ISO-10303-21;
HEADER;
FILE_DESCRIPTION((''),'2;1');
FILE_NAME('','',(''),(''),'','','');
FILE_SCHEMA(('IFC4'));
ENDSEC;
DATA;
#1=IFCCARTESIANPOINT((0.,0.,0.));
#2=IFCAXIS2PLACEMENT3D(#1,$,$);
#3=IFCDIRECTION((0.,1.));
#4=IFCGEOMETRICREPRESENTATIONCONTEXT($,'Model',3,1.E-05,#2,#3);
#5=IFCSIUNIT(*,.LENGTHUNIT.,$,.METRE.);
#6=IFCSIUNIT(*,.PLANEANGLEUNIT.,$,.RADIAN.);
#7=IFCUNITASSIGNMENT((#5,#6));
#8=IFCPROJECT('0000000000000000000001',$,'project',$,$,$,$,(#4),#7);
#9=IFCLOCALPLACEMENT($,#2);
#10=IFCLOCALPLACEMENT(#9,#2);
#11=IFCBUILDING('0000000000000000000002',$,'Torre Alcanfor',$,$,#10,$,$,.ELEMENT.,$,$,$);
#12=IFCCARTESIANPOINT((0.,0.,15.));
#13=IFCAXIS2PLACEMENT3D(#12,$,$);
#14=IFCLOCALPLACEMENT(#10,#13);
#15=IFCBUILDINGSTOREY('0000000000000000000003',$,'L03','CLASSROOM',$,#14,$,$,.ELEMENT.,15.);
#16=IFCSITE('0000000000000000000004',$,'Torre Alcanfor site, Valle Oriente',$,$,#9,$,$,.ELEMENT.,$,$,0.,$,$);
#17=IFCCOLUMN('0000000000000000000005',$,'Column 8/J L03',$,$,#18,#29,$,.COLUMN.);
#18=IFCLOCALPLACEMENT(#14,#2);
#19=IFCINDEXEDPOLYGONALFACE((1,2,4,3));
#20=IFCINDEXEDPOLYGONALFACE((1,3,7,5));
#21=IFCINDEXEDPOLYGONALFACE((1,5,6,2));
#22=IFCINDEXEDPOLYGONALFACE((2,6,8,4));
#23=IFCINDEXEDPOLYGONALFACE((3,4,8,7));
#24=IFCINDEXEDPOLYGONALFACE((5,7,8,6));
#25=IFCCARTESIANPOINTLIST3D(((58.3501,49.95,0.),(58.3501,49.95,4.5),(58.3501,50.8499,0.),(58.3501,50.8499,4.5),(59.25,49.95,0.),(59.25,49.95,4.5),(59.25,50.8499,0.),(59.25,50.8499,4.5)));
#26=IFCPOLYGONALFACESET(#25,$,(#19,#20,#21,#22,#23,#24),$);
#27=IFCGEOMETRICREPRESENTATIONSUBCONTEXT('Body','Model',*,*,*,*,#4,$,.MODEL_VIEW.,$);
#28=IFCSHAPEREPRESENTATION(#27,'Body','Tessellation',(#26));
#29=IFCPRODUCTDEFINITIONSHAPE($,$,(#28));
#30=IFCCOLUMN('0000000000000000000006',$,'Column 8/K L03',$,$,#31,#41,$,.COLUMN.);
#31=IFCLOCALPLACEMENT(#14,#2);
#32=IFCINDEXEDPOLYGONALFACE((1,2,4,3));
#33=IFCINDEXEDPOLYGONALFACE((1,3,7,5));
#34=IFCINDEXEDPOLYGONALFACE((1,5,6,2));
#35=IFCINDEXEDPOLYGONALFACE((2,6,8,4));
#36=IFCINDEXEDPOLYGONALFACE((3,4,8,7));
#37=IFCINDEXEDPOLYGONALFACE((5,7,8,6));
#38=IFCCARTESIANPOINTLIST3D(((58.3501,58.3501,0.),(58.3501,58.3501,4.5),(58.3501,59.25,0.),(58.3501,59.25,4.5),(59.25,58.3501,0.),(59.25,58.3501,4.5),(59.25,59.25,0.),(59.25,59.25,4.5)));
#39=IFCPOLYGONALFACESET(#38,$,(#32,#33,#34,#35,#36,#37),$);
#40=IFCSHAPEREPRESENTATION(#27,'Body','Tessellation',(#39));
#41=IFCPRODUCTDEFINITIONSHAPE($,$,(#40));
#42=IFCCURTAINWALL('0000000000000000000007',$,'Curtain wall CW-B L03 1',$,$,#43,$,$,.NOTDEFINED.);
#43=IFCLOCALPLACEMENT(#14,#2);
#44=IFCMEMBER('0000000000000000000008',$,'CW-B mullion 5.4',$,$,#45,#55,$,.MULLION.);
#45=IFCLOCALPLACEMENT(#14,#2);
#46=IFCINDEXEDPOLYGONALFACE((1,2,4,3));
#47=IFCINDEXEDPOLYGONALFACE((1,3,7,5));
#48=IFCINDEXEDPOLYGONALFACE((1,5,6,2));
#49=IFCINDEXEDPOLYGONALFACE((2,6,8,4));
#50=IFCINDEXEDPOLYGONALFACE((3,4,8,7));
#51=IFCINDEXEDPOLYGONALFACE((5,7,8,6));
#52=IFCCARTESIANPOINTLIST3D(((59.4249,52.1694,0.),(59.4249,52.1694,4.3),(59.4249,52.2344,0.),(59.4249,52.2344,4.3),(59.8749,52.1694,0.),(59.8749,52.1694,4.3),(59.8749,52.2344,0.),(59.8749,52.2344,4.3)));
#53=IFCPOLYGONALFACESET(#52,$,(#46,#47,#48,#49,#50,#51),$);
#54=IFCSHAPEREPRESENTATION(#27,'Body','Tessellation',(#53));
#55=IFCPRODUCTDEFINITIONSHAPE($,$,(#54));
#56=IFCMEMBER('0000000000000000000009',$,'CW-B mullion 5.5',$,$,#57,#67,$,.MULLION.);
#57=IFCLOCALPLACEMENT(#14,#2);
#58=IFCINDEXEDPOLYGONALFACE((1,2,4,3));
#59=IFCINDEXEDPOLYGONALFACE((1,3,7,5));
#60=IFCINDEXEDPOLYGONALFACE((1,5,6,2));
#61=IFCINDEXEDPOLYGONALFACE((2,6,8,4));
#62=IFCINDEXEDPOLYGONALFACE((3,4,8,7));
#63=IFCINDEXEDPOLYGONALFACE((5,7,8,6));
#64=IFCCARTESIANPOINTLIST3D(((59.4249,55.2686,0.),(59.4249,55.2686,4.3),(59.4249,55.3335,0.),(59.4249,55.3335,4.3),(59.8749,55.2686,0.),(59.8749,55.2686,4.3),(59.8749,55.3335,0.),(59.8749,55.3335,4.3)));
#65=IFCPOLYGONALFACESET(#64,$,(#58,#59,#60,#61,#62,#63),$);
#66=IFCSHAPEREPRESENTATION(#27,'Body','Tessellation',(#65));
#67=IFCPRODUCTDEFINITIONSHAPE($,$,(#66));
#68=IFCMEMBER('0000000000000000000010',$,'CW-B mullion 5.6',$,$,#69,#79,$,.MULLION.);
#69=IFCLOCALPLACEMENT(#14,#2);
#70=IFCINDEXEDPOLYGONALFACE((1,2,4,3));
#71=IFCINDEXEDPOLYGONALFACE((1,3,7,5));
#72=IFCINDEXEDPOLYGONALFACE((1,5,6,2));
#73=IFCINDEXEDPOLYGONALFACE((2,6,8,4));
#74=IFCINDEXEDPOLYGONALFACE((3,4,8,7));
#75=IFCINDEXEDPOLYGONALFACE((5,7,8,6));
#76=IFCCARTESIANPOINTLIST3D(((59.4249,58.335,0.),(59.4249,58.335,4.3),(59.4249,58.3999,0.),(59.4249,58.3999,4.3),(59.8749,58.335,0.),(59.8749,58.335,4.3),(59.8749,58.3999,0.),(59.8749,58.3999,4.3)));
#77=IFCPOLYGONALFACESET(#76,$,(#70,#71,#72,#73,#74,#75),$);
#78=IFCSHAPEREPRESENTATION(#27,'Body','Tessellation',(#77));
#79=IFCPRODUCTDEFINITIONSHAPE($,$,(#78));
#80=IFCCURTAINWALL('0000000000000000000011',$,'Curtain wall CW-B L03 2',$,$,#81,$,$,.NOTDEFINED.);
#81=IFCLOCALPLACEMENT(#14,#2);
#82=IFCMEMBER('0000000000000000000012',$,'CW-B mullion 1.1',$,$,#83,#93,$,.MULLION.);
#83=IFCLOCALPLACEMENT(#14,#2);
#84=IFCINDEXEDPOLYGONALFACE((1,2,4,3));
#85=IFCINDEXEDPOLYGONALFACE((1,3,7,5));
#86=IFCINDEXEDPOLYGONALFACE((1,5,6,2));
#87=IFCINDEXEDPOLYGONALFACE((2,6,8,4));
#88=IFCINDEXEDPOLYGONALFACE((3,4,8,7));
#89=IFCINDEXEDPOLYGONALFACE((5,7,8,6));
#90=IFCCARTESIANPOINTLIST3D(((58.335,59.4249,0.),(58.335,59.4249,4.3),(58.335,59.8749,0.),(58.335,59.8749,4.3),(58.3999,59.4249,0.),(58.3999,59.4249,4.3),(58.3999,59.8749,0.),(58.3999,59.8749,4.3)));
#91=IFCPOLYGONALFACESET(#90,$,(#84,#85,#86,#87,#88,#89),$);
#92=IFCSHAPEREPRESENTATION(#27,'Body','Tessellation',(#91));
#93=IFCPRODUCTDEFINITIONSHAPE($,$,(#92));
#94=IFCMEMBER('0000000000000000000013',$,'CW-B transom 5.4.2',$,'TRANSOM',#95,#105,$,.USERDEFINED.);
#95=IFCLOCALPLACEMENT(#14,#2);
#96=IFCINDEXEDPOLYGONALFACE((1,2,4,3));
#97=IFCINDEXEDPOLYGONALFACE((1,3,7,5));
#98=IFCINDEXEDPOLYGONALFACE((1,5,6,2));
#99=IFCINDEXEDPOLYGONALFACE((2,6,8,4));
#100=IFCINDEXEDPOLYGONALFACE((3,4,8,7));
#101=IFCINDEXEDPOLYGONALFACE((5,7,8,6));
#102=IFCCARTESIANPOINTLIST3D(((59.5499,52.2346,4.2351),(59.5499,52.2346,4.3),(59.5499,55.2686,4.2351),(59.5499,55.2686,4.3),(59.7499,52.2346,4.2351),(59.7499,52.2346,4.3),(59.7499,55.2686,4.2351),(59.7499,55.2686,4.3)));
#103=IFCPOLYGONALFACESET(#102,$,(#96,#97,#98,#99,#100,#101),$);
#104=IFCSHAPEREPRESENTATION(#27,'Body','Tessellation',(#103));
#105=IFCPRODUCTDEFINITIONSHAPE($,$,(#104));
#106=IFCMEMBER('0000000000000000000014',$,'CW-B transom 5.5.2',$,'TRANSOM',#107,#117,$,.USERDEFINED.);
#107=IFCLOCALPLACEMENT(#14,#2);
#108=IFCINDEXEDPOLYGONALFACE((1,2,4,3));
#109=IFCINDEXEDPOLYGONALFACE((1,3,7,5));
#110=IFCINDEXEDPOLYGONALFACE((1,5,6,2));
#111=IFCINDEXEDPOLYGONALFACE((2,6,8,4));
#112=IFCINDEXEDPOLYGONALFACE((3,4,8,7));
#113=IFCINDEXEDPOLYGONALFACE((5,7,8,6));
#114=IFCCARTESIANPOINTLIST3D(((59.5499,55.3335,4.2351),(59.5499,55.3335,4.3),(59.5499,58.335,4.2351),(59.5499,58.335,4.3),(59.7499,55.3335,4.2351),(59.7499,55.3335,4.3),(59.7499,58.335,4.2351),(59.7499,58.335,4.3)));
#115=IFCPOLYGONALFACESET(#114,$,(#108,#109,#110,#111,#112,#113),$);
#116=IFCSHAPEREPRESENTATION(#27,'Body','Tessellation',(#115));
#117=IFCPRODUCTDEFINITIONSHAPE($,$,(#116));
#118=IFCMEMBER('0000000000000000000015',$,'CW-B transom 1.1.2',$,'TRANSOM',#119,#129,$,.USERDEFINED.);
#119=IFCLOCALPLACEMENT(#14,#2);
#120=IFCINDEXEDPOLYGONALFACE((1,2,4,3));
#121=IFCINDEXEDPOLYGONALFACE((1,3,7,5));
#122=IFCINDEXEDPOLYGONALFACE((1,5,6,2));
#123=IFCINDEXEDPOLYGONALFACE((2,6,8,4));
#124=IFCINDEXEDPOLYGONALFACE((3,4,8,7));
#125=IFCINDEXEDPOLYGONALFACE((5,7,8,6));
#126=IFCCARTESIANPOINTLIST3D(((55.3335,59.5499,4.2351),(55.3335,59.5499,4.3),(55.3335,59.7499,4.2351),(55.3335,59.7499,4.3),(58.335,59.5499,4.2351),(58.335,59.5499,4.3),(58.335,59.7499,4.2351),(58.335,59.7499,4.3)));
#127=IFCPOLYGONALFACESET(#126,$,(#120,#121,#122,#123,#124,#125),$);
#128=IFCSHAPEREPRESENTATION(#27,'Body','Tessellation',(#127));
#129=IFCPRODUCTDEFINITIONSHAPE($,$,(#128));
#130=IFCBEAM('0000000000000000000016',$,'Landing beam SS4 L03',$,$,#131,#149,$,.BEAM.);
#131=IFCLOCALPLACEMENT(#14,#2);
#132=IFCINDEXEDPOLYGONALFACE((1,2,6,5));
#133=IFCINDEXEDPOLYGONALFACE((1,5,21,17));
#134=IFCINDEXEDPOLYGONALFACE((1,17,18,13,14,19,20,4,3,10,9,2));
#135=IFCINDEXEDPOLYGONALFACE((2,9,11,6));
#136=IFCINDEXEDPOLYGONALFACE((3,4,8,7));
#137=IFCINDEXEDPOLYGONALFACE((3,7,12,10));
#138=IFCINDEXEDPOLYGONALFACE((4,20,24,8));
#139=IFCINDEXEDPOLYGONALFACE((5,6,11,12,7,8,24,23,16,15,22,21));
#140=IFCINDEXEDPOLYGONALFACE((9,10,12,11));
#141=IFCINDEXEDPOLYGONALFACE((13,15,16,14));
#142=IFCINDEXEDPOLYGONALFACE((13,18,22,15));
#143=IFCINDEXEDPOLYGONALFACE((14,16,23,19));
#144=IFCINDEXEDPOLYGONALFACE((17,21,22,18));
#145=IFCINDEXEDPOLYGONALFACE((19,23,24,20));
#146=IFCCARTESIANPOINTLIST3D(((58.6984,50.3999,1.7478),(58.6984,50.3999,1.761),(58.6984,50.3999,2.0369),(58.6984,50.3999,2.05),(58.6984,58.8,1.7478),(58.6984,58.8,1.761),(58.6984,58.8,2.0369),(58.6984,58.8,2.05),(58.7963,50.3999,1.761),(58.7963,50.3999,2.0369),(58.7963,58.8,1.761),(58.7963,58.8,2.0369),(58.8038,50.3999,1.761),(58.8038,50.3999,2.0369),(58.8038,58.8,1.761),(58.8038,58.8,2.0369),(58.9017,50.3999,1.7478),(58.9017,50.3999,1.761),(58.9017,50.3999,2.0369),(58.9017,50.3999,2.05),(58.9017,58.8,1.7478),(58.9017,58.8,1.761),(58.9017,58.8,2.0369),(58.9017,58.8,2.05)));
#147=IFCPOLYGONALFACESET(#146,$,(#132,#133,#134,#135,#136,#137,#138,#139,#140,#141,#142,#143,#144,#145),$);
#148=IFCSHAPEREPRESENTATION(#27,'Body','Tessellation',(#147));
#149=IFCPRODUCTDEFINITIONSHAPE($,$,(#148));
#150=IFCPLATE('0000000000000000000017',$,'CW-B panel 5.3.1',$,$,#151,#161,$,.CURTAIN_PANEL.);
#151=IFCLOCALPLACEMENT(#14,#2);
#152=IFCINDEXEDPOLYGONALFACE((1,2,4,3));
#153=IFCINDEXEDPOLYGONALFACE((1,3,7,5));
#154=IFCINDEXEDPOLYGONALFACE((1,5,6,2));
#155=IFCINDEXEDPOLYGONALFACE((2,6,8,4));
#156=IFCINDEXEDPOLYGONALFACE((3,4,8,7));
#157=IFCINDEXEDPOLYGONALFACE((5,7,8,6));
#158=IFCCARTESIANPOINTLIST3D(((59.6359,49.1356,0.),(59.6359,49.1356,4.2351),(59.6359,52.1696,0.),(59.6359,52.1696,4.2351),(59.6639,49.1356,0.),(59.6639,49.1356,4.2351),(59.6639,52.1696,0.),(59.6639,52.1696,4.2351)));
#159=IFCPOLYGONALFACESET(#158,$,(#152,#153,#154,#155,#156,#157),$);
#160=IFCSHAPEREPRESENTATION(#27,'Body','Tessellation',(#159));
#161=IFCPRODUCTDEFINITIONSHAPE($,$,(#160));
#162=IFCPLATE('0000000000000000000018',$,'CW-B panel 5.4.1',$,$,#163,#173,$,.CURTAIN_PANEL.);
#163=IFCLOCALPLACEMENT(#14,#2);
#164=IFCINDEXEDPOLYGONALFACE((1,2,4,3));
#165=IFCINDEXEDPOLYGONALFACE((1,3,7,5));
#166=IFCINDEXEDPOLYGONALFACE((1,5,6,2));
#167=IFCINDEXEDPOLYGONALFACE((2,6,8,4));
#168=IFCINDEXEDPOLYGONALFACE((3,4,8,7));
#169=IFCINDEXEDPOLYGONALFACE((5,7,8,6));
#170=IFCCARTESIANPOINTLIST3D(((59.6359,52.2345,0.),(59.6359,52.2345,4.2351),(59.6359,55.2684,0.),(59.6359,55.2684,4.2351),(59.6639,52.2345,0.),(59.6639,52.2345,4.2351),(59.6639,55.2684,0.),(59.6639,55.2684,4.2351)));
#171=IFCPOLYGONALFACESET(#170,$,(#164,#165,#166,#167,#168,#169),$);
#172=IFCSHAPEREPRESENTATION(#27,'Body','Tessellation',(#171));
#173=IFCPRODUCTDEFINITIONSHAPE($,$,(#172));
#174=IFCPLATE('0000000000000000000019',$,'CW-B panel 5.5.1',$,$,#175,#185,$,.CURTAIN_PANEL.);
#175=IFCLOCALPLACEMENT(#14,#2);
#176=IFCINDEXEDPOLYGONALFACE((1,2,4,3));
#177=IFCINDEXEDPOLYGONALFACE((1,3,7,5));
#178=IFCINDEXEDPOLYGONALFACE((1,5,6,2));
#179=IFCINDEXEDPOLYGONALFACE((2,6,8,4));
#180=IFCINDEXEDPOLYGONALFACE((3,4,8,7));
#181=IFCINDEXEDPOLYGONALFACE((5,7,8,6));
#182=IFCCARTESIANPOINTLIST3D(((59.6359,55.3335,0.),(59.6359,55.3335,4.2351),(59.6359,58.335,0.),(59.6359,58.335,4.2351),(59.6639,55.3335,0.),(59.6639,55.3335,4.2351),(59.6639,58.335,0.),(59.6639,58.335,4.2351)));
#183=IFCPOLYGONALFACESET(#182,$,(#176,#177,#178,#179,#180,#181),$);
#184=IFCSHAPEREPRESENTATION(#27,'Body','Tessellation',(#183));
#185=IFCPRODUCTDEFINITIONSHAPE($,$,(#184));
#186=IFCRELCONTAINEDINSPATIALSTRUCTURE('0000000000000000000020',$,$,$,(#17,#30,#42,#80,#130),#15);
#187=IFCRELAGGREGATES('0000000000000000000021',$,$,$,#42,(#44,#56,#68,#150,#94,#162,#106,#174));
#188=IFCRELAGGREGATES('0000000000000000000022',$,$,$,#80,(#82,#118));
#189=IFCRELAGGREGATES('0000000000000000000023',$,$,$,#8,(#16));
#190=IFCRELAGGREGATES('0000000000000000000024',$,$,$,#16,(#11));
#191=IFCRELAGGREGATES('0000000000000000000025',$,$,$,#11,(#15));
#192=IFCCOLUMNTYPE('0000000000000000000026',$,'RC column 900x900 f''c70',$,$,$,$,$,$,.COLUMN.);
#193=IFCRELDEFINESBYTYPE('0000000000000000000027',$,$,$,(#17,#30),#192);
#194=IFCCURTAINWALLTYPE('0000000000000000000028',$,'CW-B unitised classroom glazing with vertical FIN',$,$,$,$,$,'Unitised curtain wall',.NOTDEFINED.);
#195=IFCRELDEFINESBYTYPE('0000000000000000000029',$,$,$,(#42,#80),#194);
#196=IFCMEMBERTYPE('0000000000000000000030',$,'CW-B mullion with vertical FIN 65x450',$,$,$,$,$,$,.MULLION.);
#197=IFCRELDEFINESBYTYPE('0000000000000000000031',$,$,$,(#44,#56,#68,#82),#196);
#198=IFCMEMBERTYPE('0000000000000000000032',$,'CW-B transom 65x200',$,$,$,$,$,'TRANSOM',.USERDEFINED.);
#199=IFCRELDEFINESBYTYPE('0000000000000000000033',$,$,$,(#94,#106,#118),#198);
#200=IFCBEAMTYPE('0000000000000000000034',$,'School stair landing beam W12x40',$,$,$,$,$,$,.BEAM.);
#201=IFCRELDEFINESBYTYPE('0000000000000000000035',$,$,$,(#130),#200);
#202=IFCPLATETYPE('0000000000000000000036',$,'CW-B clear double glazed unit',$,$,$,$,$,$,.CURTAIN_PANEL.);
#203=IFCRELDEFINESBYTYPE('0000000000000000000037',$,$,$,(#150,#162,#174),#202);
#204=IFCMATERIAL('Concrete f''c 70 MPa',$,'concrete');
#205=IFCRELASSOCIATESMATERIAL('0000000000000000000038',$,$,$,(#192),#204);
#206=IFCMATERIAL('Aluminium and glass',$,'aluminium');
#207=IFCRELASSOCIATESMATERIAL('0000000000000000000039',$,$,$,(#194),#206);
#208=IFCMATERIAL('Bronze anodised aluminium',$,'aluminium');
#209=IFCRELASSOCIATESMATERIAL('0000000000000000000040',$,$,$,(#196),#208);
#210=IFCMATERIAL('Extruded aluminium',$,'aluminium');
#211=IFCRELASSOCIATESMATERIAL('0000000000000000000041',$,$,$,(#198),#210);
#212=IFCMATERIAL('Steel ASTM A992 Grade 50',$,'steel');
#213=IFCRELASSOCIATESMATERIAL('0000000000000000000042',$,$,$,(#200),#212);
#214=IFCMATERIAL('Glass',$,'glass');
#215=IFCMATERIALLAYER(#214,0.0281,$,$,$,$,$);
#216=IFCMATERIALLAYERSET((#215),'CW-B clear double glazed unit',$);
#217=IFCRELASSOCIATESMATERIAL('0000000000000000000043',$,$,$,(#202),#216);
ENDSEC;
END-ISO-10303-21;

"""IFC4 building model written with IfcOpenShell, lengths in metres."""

from ifc_helpers import new_model, si_unit, direction, frame, origin, origin_2d, place, context, subcontext, project, spatial, rectangle, i_section, extrude, material, layer, layer_set, material_profile, profile_set, type_object, element, aggregate, save


model = new_model("IFC4")

# Units and contexts
model_context = context("Model", 3, precision=1e-05, world=origin(), true_north=direction((0.0, 1.0)))
body_context = subcontext(model_context, "Body", "Model", "MODEL_VIEW")
ifc_project = project(units=[si_unit("LENGTHUNIT", "METRE"), si_unit("PLANEANGLEUNIT", "RADIAN")], contexts=[model_context])

# Site, building, storey
site_placement = place(None, origin())
site = spatial("IfcSite", under=ifc_project, at=site_placement, Name="Torre Alcanfor site, Valle Oriente", CompositionType="ELEMENT", RefElevation=0.0)
building_placement = place(site_placement, origin())
building = spatial("IfcBuilding", under=site, at=building_placement, Name="Torre Alcanfor", CompositionType="ELEMENT")
storey_placement = place(building_placement, frame((0.0, 0.0, 15.0)))
storey = spatial("IfcBuildingStorey", under=building, at=storey_placement, Name="L03", Description="CLASSROOM", CompositionType="ELEMENT", Elevation=15.0)

# Columns
ifc_material_1 = material(Name="Concrete f'c 70 MPa", Category="concrete")
ifc_material_profile_1 = material_profile(ifc_material_1, rectangle(XDim=0.8999, YDim=0.8999, at=origin_2d()), Name="900x900")
ifc_profile_set_1 = profile_set([ifc_material_profile_1], Name="Concrete f'c 70 MPa")
column_type = type_object("IfcColumnType", Name="RC column 900x900 f'c70", PredefinedType="COLUMN", material=ifc_profile_set_1)
for number, where, z_axis, x_axis, name in (
    (1, (58.8, 50.3999, 0.0), (0.0, 0.0, 1.0), (1.0, 0.0, 0.0), "Column 8/J L03"),
    (2, (58.8, 58.8, 0.0), (0.0, 0.0, 1.0), (1.0, 0.0, 0.0), "Column 8/K L03"),
):
    element("IfcColumn", number, at=place(storey_placement, frame(where, z_axis=z_axis, x_axis=x_axis)), inside=storey, type_object=column_type, Name=name, PredefinedType="COLUMN", context=body_context, shape_type="SweptSolid", body=[
        extrude(rectangle(XDim=0.8999, YDim=0.8999, at=origin_2d()), origin(), (0.0, 0.0, 1.0), 4.5),
    ])

# Curtain wall, members
ifc_material_2 = material(Name="Aluminium and glass", Category="aluminium")
curtain_wall_type = type_object("IfcCurtainWallType", Name="CW-B unitised classroom glazing with vertical FIN", ElementType="Unitised curtain wall", PredefinedType="NOTDEFINED", material=ifc_material_2)
curtain_wall_1_placement = place(storey_placement, origin())
curtain_wall_1 = element("IfcCurtainWall", 3, at=curtain_wall_1_placement, inside=storey, type_object=curtain_wall_type, Name="Curtain wall CW-B L03 1", PredefinedType="NOTDEFINED")
ifc_material_3 = material(Name="Bronze anodised aluminium", Category="aluminium")
ifc_material_profile_2 = material_profile(ifc_material_3, rectangle(XDim=0.45, YDim=0.0649, at=origin_2d()), Name="CW-B mullion 65x450")
ifc_profile_set_2 = profile_set([ifc_material_profile_2], Name="Bronze anodised aluminium")
member_type_1 = type_object("IfcMemberType", Name="CW-B mullion with vertical FIN 65x450", PredefinedType="MULLION", material=ifc_profile_set_2)
member_1_placement = place(storey_placement, frame((59.6499, 52.2019, 0.0), z_axis=(0.0, 0.0, 1.0), x_axis=(-1.0, 0.0, 0.0)))
member_1 = element("IfcMember", 4, at=member_1_placement, type_object=member_type_1, Name="CW-B mullion 5.4", PredefinedType="MULLION", context=body_context, shape_type="SweptSolid", body=[
    extrude(rectangle(XDim=0.45, YDim=0.0649, at=origin_2d()), origin(), (0.0, 0.0, 1.0), 4.3),
])
member_2_placement = place(storey_placement, frame((59.6499, 55.301, 0.0), z_axis=(0.0, 0.0, 1.0), x_axis=(-1.0, 0.0, 0.0)))
member_2 = element("IfcMember", 5, at=member_2_placement, type_object=member_type_1, Name="CW-B mullion 5.5", PredefinedType="MULLION", context=body_context, shape_type="SweptSolid", body=[
    extrude(rectangle(XDim=0.45, YDim=0.0649, at=origin_2d()), origin(), (0.0, 0.0, 1.0), 4.3),
])
member_3_placement = place(storey_placement, frame((59.6499, 58.3674, 0.0), z_axis=(0.0, 0.0, 1.0), x_axis=(-1.0, 0.0, 0.0)))
member_3 = element("IfcMember", 6, at=member_3_placement, type_object=member_type_1, Name="CW-B mullion 5.6", PredefinedType="MULLION", context=body_context, shape_type="SweptSolid", body=[
    extrude(rectangle(XDim=0.45, YDim=0.0649, at=origin_2d()), origin(), (0.0, 0.0, 1.0), 4.3),
])

# Curtain wall, member
curtain_wall_2_placement = place(storey_placement, origin())
curtain_wall_2 = element("IfcCurtainWall", 7, at=curtain_wall_2_placement, inside=storey, type_object=curtain_wall_type, Name="Curtain wall CW-B L03 2", PredefinedType="NOTDEFINED")
member_4_placement = place(storey_placement, frame((58.3674, 59.6499, 0.0), z_axis=(0.0, 0.0, 1.0), x_axis=(0.0, -1.0, 0.0)))
member_4 = element("IfcMember", 8, at=member_4_placement, type_object=member_type_1, Name="CW-B mullion 1.1", PredefinedType="MULLION", context=body_context, shape_type="SweptSolid", body=[
    extrude(rectangle(XDim=0.45, YDim=0.0649, at=origin_2d()), origin(), (0.0, 0.0, 1.0), 4.3),
])

# Members
ifc_material_4 = material(Name="Extruded aluminium", Category="aluminium")
ifc_material_profile_3 = material_profile(ifc_material_4, rectangle(XDim=0.2, YDim=0.0649, at=origin_2d()), Name="CW-B transom 200x65")
ifc_profile_set_3 = profile_set([ifc_material_profile_3], Name="Extruded aluminium")
member_type_2 = type_object("IfcMemberType", Name="CW-B transom 65x200", ElementType="TRANSOM", PredefinedType="USERDEFINED", material=ifc_profile_set_3)
member_5_placement = place(storey_placement, frame((59.6499, 52.2346, 4.2676), z_axis=(0.0, 1.0, 0.0), x_axis=(-1.0, 0.0, 0.0)))
member_5 = element("IfcMember", 9, at=member_5_placement, type_object=member_type_2, Name="CW-B transom 5.4.2", ObjectType="TRANSOM", PredefinedType="USERDEFINED", context=body_context, shape_type="SweptSolid", body=[
    extrude(rectangle(XDim=0.2, YDim=0.0649, at=origin_2d()), origin(), (0.0, 0.0, 1.0), 3.0339),
])
member_6_placement = place(storey_placement, frame((59.6499, 55.3335, 4.2676), z_axis=(0.0, 1.0, 0.0), x_axis=(-1.0, 0.0, 0.0)))
member_6 = element("IfcMember", 10, at=member_6_placement, type_object=member_type_2, Name="CW-B transom 5.5.2", ObjectType="TRANSOM", PredefinedType="USERDEFINED", context=body_context, shape_type="SweptSolid", body=[
    extrude(rectangle(XDim=0.2, YDim=0.0649, at=origin_2d()), origin(), (0.0, 0.0, 1.0), 3.0015),
])
member_7_placement = place(storey_placement, frame((58.335, 59.6499, 4.2676), z_axis=(-1.0, 0.0, 0.0), x_axis=(0.0, -1.0, 0.0)))
member_7 = element("IfcMember", 11, at=member_7_placement, type_object=member_type_2, Name="CW-B transom 1.1.2", ObjectType="TRANSOM", PredefinedType="USERDEFINED", context=body_context, shape_type="SweptSolid", body=[
    extrude(rectangle(XDim=0.2, YDim=0.0649, at=origin_2d()), origin(), (0.0, 0.0, 1.0), 3.0015),
])

# Beam
ifc_material_5 = material(Name="Steel ASTM A992 Grade 50", Category="steel")
ifc_material_profile_4 = material_profile(ifc_material_5, i_section(OverallWidth=0.2034, OverallDepth=0.3022, WebThickness=0.0076, FlangeThickness=0.0132, at=origin_2d()), Name="W12x40")
ifc_profile_set_4 = profile_set([ifc_material_profile_4], Name="Steel ASTM A992 Grade 50")
beam_type = type_object("IfcBeamType", Name="School stair landing beam W12x40", PredefinedType="BEAM", material=ifc_profile_set_4)
beam_placement = place(storey_placement, frame((58.8, 50.3999, 1.8989), z_axis=(0.0, 1.0, 0.0), x_axis=(-1.0, 0.0, 0.0)))
element("IfcBeam", 12, at=beam_placement, inside=storey, type_object=beam_type, Name="Landing beam SS4 L03", PredefinedType="BEAM", context=body_context, shape_type="SweptSolid", body=[
    extrude(i_section(OverallWidth=0.2034, OverallDepth=0.3022, WebThickness=0.0076, FlangeThickness=0.0132, at=origin_2d()), origin(), (0.0, 0.0, 1.0), 8.4001),
])

# Plates
ifc_material_6 = material(Name="Glass", Category="glass")
ifc_layer_1 = layer(ifc_material_6, 0.0281)
ifc_layer_set_1 = layer_set([ifc_layer_1], Name="CW-B clear double glazed unit")
plate_type = type_object("IfcPlateType", Name="CW-B clear double glazed unit", PredefinedType="CURTAIN_PANEL", material=ifc_layer_set_1)
plate_1_placement = place(storey_placement, frame((59.6499, 50.6526, 0.0), z_axis=(0.0, 0.0, 1.0), x_axis=(0.0, 1.0, 0.0)))
plate_1 = element("IfcPlate", 13, at=plate_1_placement, type_object=plate_type, Name="CW-B panel 5.3.1", PredefinedType="CURTAIN_PANEL", context=body_context, shape_type="SweptSolid", body=[
    extrude(rectangle(XDim=3.0339, YDim=0.0281, at=origin_2d()), origin(), (0.0, 0.0, 1.0), 4.2351),
])
plate_2_placement = place(storey_placement, frame((59.6499, 53.7515, 0.0), z_axis=(0.0, 0.0, 1.0), x_axis=(0.0, 1.0, 0.0)))
plate_2 = element("IfcPlate", 14, at=plate_2_placement, type_object=plate_type, Name="CW-B panel 5.4.1", PredefinedType="CURTAIN_PANEL", context=body_context, shape_type="SweptSolid", body=[
    extrude(rectangle(XDim=3.0339, YDim=0.0281, at=origin_2d()), origin(), (0.0, 0.0, 1.0), 4.2351),
])
plate_3_placement = place(storey_placement, frame((59.6499, 56.8342, 0.0), z_axis=(0.0, 0.0, 1.0), x_axis=(0.0, 1.0, 0.0)))
plate_3 = element("IfcPlate", 15, at=plate_3_placement, type_object=plate_type, Name="CW-B panel 5.5.1", PredefinedType="CURTAIN_PANEL", context=body_context, shape_type="SweptSolid", body=[
    extrude(rectangle(XDim=3.0015, YDim=0.0281, at=origin_2d()), origin(), (0.0, 0.0, 1.0), 4.2351),
])
aggregate(curtain_wall_1, [member_1, member_2, member_3, plate_1, member_5, plate_2, member_6, plate_3])
aggregate(curtain_wall_2, [member_4, member_7])

save(model, "model.ifc")
